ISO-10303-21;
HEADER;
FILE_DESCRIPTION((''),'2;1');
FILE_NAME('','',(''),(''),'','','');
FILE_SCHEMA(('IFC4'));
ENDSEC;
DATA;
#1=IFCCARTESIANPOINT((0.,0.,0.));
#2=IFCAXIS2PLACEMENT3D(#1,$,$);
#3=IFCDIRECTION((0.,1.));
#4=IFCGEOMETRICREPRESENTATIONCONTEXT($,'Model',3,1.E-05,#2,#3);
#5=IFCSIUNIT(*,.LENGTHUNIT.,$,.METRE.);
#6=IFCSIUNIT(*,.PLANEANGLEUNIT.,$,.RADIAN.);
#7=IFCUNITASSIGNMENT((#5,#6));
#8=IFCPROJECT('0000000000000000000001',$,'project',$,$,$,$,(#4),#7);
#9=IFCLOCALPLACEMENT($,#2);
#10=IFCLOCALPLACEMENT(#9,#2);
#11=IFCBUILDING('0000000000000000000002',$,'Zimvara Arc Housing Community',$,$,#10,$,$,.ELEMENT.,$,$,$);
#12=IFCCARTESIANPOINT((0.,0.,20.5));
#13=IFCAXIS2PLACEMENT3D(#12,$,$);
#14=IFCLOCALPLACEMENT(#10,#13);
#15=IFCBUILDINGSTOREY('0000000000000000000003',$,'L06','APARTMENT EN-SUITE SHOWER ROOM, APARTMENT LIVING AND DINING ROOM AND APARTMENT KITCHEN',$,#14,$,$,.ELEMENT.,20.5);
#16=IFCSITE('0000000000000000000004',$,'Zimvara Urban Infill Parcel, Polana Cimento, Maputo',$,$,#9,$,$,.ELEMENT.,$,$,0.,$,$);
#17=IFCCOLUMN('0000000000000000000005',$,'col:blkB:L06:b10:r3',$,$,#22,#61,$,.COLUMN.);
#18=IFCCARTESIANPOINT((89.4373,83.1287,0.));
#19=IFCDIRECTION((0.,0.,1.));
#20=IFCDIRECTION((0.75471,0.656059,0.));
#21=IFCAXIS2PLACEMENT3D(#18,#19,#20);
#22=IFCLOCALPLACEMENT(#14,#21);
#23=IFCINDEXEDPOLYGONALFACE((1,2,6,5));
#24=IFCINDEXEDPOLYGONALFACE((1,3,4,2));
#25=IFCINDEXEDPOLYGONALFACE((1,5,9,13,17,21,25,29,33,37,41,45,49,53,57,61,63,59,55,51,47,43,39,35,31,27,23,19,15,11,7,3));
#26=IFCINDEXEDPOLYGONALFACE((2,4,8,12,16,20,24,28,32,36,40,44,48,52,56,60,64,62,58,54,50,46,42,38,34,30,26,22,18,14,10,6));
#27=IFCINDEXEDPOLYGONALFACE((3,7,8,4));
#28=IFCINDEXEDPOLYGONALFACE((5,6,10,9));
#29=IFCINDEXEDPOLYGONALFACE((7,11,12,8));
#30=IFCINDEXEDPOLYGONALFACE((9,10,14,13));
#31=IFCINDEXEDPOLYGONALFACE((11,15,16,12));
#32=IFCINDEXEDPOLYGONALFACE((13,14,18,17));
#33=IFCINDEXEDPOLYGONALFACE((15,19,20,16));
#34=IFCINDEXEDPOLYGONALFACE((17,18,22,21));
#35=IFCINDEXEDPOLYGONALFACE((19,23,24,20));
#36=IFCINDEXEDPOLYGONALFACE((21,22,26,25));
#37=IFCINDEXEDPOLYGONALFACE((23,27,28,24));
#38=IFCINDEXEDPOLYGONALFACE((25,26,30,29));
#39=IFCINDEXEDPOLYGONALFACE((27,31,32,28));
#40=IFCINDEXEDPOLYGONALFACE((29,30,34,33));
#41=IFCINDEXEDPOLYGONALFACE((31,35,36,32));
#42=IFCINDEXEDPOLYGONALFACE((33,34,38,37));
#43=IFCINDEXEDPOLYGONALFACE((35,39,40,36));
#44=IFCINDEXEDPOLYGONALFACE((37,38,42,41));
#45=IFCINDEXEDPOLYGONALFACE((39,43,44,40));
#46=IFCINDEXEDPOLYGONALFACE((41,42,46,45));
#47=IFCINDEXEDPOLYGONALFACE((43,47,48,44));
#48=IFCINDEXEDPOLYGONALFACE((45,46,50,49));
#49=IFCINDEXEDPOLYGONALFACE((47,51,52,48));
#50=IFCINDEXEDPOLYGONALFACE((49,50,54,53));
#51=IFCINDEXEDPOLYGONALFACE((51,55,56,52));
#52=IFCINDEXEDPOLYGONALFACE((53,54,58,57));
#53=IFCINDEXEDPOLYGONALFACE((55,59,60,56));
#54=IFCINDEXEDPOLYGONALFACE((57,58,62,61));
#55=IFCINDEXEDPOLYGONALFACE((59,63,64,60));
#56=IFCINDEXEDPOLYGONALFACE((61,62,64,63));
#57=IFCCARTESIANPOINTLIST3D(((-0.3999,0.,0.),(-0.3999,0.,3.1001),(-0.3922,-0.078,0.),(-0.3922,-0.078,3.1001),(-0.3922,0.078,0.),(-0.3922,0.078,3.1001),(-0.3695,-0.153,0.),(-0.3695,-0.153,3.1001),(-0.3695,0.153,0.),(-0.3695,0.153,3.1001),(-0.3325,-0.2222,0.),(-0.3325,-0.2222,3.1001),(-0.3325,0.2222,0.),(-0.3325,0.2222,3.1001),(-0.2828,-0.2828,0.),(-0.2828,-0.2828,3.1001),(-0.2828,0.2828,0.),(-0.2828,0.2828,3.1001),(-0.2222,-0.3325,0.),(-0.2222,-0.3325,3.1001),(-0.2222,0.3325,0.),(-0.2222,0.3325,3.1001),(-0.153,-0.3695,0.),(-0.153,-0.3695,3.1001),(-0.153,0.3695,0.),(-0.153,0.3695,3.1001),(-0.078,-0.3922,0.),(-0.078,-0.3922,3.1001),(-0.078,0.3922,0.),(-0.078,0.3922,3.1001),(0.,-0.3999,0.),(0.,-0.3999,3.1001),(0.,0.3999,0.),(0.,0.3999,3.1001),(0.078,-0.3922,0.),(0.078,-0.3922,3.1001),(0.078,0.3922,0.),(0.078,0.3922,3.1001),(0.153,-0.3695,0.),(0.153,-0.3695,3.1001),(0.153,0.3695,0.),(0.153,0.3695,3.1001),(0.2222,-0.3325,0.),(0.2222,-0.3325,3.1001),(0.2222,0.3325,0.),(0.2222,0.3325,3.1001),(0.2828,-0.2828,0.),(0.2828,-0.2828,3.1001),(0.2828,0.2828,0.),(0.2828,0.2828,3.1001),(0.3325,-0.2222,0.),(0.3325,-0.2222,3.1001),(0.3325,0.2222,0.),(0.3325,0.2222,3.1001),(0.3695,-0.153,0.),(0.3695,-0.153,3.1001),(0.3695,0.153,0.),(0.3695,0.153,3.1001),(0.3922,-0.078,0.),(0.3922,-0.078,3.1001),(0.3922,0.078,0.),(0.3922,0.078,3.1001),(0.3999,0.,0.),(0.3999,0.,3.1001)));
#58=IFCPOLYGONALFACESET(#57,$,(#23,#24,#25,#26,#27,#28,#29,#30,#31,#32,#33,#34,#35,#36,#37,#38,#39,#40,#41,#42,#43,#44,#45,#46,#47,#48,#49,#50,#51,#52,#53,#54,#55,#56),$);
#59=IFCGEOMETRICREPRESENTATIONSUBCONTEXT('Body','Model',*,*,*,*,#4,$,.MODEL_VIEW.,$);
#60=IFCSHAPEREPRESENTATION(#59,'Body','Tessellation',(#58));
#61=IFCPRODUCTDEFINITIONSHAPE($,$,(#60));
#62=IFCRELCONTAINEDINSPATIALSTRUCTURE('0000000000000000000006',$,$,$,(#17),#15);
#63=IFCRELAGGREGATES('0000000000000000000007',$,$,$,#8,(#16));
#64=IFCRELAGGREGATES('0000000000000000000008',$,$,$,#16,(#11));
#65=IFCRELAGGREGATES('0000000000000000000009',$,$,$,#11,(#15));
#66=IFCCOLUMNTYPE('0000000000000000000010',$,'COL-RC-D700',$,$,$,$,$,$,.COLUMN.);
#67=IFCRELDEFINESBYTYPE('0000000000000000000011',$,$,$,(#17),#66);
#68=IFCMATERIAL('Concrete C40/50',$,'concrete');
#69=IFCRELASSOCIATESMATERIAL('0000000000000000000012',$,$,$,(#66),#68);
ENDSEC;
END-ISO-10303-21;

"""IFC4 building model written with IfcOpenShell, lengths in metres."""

from ifc_helpers import new_model, si_unit, direction, frame, origin, origin_2d, place, context, subcontext, project, spatial, circle, extrude, material, material_profile, profile_set, type_object, element, save


model = new_model("IFC4")

# Units and contexts
model_context = context("Model", 3, precision=1e-05, world=origin(), true_north=direction((0.0, 1.0)))
body_context = subcontext(model_context, "Body", "Model", "MODEL_VIEW")
ifc_project = project(units=[si_unit("LENGTHUNIT", "METRE"), si_unit("PLANEANGLEUNIT", "RADIAN")], contexts=[model_context])

# Site, building, storey
site_placement = place(None, origin())
site = spatial("IfcSite", under=ifc_project, at=site_placement, Name="Zimvara Urban Infill Parcel, Polana Cimento, Maputo", CompositionType="ELEMENT", RefElevation=0.0)
building_placement = place(site_placement, origin())
building = spatial("IfcBuilding", under=site, at=building_placement, Name="Zimvara Arc Housing Community", CompositionType="ELEMENT")
storey_placement = place(building_placement, frame((0.0, 0.0, 20.5)))
storey = spatial("IfcBuildingStorey", under=building, at=storey_placement, Name="L06", Description="APARTMENT EN-SUITE SHOWER ROOM, APARTMENT LIVING AND DINING ROOM AND APARTMENT KITCHEN", CompositionType="ELEMENT", Elevation=20.5)

# Column
ifc_material_1 = material(Name="Concrete C40/50", Category="concrete")
ifc_material_profile_1 = material_profile(ifc_material_1, circle(Radius=0.3999, at=origin_2d()), Name="RC D800")
ifc_profile_set_1 = profile_set([ifc_material_profile_1], Name="Concrete C40/50")
column_type_1 = type_object("IfcColumnType", Name="COL-RC-D700", PredefinedType="COLUMN", material=ifc_profile_set_1)
column_1_placement = place(storey_placement, frame((89.4373, 83.1287, 0.0), z_axis=(0.0, 0.0, 1.0), x_axis=(0.75471, 0.656059, 0.0)))
element("IfcColumn", 1, at=column_1_placement, inside=storey, type_object=column_type_1, Name="col:blkB:L06:b10:r3", PredefinedType="COLUMN", context=body_context, shape_type="SweptSolid", body=[
    extrude(circle(Radius=0.3999, at=origin_2d()), origin(), (0.0, 0.0, 1.0), 3.1001),
])

save(model, "model.ifc")
